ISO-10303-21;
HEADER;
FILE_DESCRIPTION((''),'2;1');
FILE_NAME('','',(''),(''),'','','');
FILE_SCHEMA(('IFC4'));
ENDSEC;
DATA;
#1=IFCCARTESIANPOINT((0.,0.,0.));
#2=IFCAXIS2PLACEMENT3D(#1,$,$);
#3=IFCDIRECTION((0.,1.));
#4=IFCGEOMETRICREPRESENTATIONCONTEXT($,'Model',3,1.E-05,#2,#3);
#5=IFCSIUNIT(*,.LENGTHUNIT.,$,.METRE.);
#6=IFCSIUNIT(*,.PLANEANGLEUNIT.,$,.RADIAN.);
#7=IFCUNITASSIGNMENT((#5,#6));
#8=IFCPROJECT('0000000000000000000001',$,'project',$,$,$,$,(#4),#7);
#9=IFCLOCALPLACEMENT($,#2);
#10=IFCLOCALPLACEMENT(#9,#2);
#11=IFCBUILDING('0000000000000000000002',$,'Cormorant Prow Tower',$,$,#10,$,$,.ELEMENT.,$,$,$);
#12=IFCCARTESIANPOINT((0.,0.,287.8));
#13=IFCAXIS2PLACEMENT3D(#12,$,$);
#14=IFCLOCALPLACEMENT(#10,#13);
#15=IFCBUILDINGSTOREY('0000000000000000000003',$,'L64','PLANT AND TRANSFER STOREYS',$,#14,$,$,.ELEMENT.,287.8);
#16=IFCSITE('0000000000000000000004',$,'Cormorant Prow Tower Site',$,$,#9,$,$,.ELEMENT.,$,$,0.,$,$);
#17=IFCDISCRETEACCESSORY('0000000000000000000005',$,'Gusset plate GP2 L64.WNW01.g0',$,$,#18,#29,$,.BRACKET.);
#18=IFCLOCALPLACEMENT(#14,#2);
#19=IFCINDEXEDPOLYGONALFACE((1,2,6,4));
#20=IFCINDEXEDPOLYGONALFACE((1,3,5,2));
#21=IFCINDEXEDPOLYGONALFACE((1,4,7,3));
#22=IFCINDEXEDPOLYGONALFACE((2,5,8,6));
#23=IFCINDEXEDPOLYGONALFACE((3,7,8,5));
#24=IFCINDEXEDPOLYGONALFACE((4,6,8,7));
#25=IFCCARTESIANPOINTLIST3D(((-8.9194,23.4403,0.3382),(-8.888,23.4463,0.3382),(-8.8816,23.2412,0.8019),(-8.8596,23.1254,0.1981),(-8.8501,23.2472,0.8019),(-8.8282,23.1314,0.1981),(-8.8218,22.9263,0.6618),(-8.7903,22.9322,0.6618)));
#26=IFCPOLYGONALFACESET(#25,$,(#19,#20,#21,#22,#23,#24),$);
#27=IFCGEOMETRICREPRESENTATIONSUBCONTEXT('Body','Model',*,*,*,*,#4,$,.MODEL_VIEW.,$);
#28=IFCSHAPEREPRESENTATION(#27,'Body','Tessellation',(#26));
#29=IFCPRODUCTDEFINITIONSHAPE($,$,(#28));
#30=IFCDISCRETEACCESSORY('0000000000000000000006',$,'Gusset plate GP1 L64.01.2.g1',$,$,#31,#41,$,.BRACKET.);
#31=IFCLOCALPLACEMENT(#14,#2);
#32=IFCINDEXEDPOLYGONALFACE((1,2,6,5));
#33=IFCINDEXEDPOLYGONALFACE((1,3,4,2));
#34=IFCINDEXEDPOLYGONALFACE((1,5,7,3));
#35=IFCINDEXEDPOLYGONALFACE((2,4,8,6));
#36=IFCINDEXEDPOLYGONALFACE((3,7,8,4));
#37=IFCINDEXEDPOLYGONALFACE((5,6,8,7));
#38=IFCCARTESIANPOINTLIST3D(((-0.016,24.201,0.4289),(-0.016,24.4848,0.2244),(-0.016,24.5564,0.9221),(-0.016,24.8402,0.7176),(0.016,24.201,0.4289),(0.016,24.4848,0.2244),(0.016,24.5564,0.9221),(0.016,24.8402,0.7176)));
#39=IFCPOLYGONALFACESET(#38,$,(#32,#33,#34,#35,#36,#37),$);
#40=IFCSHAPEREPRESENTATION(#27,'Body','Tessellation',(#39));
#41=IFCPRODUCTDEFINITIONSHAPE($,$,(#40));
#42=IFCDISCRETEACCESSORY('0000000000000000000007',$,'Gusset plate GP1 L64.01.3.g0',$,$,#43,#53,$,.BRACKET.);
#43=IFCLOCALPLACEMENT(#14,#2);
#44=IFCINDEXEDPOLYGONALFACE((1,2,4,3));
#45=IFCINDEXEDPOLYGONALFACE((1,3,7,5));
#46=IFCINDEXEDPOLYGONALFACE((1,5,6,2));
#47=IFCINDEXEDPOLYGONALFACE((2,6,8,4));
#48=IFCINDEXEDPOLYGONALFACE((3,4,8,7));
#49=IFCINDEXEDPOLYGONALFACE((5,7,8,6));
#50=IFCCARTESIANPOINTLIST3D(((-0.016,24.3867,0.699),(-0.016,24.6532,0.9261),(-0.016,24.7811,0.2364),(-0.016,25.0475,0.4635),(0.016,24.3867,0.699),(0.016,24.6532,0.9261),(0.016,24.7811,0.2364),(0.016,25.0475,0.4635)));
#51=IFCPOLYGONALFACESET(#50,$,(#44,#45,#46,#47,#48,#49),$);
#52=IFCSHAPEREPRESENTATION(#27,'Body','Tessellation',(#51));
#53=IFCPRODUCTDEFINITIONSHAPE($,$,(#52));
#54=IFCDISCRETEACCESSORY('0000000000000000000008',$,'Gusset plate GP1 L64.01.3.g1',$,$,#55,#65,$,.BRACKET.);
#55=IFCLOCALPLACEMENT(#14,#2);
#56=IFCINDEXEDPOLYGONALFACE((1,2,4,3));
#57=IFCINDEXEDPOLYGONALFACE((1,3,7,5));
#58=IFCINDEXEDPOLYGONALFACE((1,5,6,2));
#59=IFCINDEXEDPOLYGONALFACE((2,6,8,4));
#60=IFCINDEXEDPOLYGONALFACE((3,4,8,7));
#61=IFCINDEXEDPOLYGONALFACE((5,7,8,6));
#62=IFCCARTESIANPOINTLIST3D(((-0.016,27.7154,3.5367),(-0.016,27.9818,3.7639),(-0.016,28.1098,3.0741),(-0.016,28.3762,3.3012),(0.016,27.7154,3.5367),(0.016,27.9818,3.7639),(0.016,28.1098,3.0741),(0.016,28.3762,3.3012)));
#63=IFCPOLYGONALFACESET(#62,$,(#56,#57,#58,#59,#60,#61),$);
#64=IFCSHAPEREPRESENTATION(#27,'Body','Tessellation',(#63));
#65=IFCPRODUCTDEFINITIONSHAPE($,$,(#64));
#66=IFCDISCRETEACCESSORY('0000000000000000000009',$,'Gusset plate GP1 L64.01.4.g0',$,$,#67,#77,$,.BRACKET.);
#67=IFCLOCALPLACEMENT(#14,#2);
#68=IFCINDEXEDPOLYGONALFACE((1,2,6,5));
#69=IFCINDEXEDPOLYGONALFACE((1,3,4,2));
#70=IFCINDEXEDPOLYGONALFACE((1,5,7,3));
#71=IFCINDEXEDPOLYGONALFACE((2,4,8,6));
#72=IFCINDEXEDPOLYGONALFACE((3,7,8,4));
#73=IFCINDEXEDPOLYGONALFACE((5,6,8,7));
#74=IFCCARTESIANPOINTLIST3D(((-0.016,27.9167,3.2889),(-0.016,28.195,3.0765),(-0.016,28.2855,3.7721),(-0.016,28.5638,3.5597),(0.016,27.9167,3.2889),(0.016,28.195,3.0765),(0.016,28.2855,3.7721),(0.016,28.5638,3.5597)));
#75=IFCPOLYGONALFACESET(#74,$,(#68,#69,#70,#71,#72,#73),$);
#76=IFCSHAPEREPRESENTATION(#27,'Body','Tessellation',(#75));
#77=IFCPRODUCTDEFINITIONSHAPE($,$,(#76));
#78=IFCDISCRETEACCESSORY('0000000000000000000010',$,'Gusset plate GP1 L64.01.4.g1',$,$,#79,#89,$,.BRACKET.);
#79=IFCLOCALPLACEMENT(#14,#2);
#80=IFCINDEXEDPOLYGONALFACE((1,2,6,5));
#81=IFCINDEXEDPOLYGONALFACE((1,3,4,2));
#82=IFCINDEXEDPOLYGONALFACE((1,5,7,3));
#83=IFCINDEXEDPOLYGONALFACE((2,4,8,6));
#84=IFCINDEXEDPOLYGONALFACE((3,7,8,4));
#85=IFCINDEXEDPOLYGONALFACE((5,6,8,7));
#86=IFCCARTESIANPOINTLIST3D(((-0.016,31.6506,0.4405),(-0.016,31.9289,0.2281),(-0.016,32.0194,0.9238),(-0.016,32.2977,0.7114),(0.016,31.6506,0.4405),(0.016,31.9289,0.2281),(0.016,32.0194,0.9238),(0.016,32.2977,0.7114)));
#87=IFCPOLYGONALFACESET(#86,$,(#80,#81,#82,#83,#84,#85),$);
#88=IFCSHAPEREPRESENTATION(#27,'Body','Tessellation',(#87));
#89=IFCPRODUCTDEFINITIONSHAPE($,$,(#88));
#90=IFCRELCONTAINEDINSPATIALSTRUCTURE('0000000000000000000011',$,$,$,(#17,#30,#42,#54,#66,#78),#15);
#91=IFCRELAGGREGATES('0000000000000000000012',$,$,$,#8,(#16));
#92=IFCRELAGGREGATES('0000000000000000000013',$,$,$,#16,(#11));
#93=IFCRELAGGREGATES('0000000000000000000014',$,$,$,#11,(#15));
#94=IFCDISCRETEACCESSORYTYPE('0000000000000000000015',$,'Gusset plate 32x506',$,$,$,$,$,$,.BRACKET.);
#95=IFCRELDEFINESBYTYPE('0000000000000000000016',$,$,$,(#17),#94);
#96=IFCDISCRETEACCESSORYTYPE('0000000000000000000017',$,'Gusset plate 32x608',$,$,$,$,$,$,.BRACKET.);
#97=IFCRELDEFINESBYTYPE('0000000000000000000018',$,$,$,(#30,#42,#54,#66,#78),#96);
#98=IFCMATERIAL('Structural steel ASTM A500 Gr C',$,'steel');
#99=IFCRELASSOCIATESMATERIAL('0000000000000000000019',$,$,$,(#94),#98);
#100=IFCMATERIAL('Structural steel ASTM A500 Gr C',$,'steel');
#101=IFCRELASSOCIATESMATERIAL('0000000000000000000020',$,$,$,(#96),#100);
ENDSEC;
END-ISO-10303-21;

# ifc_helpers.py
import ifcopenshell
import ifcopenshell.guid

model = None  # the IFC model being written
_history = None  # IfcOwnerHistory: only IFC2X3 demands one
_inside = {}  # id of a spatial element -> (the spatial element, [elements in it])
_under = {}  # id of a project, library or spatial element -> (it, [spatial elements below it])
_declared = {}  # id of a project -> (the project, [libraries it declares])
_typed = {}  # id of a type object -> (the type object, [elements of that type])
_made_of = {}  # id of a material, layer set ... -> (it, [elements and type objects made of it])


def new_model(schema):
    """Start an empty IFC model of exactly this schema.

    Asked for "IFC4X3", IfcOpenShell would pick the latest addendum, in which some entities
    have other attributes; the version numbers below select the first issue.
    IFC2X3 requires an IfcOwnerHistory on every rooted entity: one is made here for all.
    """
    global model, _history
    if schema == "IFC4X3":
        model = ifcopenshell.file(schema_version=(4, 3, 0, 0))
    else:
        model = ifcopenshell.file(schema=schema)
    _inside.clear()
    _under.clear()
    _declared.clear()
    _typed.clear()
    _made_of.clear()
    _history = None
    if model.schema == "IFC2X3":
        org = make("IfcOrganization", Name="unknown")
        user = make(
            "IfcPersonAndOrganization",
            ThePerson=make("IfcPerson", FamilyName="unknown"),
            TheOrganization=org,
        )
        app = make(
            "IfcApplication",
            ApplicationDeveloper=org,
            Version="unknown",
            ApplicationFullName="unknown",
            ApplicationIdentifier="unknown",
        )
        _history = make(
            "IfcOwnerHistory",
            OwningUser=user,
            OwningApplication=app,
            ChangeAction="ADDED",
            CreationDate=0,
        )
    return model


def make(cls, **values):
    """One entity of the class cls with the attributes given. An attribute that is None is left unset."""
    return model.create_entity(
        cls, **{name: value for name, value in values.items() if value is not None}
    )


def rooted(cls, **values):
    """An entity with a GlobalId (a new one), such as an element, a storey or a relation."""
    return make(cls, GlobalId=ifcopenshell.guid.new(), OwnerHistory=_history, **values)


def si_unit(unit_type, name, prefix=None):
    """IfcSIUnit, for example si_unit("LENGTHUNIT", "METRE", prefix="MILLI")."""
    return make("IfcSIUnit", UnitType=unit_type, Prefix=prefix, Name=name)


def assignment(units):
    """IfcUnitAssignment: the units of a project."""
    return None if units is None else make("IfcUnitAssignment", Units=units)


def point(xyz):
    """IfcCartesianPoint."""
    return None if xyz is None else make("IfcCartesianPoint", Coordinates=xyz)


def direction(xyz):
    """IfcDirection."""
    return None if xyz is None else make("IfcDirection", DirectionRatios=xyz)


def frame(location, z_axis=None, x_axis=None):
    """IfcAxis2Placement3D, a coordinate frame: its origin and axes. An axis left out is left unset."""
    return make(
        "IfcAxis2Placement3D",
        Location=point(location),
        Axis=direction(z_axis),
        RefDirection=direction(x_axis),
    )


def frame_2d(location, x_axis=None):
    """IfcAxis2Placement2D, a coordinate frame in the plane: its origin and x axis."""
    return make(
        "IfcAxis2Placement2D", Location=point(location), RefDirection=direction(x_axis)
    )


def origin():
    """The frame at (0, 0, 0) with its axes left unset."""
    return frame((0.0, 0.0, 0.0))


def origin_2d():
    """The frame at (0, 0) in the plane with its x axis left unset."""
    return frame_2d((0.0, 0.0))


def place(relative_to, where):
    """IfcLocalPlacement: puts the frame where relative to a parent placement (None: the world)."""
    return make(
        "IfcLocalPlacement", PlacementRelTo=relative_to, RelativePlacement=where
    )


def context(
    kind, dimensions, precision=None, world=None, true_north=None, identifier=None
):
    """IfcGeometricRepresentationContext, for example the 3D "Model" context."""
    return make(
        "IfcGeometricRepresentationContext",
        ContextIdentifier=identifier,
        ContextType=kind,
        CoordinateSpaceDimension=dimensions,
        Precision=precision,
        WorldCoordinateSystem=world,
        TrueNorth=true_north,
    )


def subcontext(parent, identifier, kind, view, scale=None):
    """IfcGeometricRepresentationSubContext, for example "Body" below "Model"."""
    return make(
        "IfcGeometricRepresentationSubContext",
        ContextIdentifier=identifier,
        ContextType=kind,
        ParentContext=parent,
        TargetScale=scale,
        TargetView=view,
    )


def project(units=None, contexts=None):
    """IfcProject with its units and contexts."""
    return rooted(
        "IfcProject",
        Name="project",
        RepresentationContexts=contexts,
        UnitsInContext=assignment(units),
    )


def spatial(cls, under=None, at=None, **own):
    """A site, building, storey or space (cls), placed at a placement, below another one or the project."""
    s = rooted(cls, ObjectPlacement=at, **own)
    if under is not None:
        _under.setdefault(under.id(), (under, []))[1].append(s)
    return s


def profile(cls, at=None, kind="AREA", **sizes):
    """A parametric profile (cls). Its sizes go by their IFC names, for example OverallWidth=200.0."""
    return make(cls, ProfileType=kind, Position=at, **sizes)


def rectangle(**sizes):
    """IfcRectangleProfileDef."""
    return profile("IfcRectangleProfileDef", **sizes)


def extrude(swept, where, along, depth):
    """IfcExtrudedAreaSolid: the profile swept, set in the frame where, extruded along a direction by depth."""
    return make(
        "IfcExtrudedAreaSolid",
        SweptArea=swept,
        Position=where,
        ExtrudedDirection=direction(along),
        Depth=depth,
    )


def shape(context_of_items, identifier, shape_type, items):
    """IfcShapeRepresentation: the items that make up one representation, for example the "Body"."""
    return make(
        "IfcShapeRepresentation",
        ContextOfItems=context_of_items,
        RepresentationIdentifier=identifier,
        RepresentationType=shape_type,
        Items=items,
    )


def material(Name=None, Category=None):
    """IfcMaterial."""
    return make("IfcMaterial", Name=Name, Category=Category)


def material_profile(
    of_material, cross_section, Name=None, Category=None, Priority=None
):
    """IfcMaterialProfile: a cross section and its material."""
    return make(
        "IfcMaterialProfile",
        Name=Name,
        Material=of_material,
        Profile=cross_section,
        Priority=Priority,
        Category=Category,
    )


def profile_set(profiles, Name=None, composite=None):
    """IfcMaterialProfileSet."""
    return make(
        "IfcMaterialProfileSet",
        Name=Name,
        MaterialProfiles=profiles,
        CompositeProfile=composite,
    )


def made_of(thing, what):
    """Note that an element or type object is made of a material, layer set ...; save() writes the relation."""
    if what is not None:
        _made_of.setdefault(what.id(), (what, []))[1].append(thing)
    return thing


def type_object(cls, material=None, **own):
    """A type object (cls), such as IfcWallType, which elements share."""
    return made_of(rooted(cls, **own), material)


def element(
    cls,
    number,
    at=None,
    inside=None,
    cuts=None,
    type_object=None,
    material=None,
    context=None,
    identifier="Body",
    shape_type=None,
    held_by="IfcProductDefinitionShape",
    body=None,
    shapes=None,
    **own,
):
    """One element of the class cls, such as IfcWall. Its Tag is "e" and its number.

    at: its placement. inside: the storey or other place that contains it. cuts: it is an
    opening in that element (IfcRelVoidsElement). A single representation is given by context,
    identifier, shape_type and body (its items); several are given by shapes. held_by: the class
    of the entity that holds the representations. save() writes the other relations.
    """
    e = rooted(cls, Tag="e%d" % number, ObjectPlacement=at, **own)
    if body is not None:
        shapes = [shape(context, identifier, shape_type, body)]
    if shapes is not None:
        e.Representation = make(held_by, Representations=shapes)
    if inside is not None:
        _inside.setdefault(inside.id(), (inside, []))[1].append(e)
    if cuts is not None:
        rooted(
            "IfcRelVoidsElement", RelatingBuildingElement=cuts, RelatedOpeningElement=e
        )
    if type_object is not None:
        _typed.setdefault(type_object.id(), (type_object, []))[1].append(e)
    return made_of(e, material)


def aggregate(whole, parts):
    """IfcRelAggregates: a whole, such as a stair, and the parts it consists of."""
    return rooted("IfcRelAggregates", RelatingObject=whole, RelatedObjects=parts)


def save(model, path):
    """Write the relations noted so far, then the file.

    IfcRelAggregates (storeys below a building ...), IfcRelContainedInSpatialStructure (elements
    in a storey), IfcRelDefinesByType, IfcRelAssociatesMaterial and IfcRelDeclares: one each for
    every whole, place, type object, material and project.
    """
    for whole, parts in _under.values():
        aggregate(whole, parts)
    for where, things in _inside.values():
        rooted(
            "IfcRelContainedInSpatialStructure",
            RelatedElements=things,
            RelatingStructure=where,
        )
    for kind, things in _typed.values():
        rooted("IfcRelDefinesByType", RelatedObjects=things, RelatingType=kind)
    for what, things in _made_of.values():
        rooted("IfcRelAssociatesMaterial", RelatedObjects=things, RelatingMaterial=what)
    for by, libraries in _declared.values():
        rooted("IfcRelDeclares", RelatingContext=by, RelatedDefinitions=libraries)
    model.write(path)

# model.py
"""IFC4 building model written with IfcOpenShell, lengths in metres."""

from ifc_helpers import new_model, si_unit, direction, frame, origin, origin_2d, place, context, subcontext, project, spatial, rectangle, extrude, material, material_profile, profile_set, type_object, element, save


model = new_model("IFC4")

# Units and contexts
model_context = context("Model", 3, precision=1e-05, world=origin(), true_north=direction((0.0, 1.0)))
body_context = subcontext(model_context, "Body", "Model", "MODEL_VIEW")
ifc_project = project(units=[si_unit("LENGTHUNIT", "METRE"), si_unit("PLANEANGLEUNIT", "RADIAN")], contexts=[model_context])

# Site, building, storey
site_placement = place(None, origin())
site = spatial("IfcSite", under=ifc_project, at=site_placement, Name="Cormorant Prow Tower Site", CompositionType="ELEMENT", RefElevation=0.0)
building_placement = place(site_placement, origin())
building = spatial("IfcBuilding", under=site, at=building_placement, Name="Cormorant Prow Tower", CompositionType="ELEMENT")
storey_placement = place(building_placement, frame((0.0, 0.0, 287.8)))
storey = spatial("IfcBuildingStorey", under=building, at=storey_placement, Name="L64", Description="PLANT AND TRANSFER STOREYS", CompositionType="ELEMENT", Elevation=287.8)

# Discrete accessories
ifc_material_1 = material(Name="Structural steel ASTM A500 Gr C", Category="steel")
ifc_material_profile_1 = material_profile(ifc_material_1, rectangle(XDim=0.032, YDim=0.5061, at=origin_2d()), Name="Gusset plate 32x506")
ifc_profile_set_1 = profile_set([ifc_material_profile_1], Name="Structural steel ASTM A500 Gr C")
discrete_accessory_type_1 = type_object("IfcDiscreteAccessoryType", Name="Gusset plate 32x506", PredefinedType="BRACKET", material=ifc_profile_set_1)
discrete_accessory_1_placement = place(storey_placement, frame((-8.8848, 23.3438, 0.5701), z_axis=(0.170965, -0.900185, -0.400547), x_axis=(0.982438, 0.186587, 0.0)))
element("IfcDiscreteAccessory", 1, at=discrete_accessory_1_placement, inside=storey, type_object=discrete_accessory_type_1, Name="Gusset plate GP2 L64.WNW01.g0", PredefinedType="BRACKET", context=body_context, shape_type="SweptSolid", body=[
    extrude(rectangle(XDim=0.032, YDim=0.5061, at=origin_2d()), origin(), (0.0, 0.0, 1.0), 0.3499),
])
ifc_material_2 = material(Name="Structural steel ASTM A500 Gr C", Category="steel")
ifc_material_profile_2 = material_profile(ifc_material_2, rectangle(XDim=0.032, YDim=0.6079, at=origin_2d()), Name="Gusset plate 32x608")
ifc_profile_set_2 = profile_set([ifc_material_profile_2], Name="Structural steel ASTM A500 Gr C")
discrete_accessory_type_2 = type_object("IfcDiscreteAccessoryType", Name="Gusset plate 32x608", PredefinedType="BRACKET", material=ifc_profile_set_2)
discrete_accessory_2_placement = place(storey_placement, frame((0.0, 24.3787, 0.6755), z_axis=(0.0, 0.811323, -0.584599), x_axis=(-1.0, 0.0, 0.0)))
element("IfcDiscreteAccessory", 2, at=discrete_accessory_2_placement, inside=storey, type_object=discrete_accessory_type_2, Name="Gusset plate GP1 L64.01.2.g1", PredefinedType="BRACKET", context=body_context, shape_type="SweptSolid", body=[
    extrude(rectangle(XDim=0.032, YDim=0.6079, at=origin_2d()), origin(), (0.0, 0.0, 1.0), 0.3499),
])
for number, where, z_axis, x_axis, name in (
    (3, (0.0, 24.8503, 0.6948), (0.0, -0.761026, -0.648721), (1.0, 0.0, 0.0), "Gusset plate GP1 L64.01.3.g0"),
    (4, (0.0, 27.9126, 3.3054), (0.0, 0.761026, 0.648721), (-1.0, 0.0, 0.0), "Gusset plate GP1 L64.01.3.g1"),
    (5, (0.0, 28.3794, 3.3181), (0.0, -0.794951, 0.606673), (1.0, 0.0, 0.0), "Gusset plate GP1 L64.01.4.g0"),
    (6, (0.0, 31.835, 0.6821), (0.0, 0.794951, -0.606673), (-1.0, 0.0, 0.0), "Gusset plate GP1 L64.01.4.g1"),
):
    element("IfcDiscreteAccessory", number, at=place(storey_placement, frame(where, z_axis=z_axis, x_axis=x_axis)), inside=storey, type_object=discrete_accessory_type_2, Name=name, PredefinedType="BRACKET", context=body_context, shape_type="SweptSolid", body=[
        extrude(rectangle(XDim=0.032, YDim=0.6079, at=origin_2d()), origin(), (0.0, 0.0, 1.0), 0.3501),
    ])

save(model, "model.ifc")
